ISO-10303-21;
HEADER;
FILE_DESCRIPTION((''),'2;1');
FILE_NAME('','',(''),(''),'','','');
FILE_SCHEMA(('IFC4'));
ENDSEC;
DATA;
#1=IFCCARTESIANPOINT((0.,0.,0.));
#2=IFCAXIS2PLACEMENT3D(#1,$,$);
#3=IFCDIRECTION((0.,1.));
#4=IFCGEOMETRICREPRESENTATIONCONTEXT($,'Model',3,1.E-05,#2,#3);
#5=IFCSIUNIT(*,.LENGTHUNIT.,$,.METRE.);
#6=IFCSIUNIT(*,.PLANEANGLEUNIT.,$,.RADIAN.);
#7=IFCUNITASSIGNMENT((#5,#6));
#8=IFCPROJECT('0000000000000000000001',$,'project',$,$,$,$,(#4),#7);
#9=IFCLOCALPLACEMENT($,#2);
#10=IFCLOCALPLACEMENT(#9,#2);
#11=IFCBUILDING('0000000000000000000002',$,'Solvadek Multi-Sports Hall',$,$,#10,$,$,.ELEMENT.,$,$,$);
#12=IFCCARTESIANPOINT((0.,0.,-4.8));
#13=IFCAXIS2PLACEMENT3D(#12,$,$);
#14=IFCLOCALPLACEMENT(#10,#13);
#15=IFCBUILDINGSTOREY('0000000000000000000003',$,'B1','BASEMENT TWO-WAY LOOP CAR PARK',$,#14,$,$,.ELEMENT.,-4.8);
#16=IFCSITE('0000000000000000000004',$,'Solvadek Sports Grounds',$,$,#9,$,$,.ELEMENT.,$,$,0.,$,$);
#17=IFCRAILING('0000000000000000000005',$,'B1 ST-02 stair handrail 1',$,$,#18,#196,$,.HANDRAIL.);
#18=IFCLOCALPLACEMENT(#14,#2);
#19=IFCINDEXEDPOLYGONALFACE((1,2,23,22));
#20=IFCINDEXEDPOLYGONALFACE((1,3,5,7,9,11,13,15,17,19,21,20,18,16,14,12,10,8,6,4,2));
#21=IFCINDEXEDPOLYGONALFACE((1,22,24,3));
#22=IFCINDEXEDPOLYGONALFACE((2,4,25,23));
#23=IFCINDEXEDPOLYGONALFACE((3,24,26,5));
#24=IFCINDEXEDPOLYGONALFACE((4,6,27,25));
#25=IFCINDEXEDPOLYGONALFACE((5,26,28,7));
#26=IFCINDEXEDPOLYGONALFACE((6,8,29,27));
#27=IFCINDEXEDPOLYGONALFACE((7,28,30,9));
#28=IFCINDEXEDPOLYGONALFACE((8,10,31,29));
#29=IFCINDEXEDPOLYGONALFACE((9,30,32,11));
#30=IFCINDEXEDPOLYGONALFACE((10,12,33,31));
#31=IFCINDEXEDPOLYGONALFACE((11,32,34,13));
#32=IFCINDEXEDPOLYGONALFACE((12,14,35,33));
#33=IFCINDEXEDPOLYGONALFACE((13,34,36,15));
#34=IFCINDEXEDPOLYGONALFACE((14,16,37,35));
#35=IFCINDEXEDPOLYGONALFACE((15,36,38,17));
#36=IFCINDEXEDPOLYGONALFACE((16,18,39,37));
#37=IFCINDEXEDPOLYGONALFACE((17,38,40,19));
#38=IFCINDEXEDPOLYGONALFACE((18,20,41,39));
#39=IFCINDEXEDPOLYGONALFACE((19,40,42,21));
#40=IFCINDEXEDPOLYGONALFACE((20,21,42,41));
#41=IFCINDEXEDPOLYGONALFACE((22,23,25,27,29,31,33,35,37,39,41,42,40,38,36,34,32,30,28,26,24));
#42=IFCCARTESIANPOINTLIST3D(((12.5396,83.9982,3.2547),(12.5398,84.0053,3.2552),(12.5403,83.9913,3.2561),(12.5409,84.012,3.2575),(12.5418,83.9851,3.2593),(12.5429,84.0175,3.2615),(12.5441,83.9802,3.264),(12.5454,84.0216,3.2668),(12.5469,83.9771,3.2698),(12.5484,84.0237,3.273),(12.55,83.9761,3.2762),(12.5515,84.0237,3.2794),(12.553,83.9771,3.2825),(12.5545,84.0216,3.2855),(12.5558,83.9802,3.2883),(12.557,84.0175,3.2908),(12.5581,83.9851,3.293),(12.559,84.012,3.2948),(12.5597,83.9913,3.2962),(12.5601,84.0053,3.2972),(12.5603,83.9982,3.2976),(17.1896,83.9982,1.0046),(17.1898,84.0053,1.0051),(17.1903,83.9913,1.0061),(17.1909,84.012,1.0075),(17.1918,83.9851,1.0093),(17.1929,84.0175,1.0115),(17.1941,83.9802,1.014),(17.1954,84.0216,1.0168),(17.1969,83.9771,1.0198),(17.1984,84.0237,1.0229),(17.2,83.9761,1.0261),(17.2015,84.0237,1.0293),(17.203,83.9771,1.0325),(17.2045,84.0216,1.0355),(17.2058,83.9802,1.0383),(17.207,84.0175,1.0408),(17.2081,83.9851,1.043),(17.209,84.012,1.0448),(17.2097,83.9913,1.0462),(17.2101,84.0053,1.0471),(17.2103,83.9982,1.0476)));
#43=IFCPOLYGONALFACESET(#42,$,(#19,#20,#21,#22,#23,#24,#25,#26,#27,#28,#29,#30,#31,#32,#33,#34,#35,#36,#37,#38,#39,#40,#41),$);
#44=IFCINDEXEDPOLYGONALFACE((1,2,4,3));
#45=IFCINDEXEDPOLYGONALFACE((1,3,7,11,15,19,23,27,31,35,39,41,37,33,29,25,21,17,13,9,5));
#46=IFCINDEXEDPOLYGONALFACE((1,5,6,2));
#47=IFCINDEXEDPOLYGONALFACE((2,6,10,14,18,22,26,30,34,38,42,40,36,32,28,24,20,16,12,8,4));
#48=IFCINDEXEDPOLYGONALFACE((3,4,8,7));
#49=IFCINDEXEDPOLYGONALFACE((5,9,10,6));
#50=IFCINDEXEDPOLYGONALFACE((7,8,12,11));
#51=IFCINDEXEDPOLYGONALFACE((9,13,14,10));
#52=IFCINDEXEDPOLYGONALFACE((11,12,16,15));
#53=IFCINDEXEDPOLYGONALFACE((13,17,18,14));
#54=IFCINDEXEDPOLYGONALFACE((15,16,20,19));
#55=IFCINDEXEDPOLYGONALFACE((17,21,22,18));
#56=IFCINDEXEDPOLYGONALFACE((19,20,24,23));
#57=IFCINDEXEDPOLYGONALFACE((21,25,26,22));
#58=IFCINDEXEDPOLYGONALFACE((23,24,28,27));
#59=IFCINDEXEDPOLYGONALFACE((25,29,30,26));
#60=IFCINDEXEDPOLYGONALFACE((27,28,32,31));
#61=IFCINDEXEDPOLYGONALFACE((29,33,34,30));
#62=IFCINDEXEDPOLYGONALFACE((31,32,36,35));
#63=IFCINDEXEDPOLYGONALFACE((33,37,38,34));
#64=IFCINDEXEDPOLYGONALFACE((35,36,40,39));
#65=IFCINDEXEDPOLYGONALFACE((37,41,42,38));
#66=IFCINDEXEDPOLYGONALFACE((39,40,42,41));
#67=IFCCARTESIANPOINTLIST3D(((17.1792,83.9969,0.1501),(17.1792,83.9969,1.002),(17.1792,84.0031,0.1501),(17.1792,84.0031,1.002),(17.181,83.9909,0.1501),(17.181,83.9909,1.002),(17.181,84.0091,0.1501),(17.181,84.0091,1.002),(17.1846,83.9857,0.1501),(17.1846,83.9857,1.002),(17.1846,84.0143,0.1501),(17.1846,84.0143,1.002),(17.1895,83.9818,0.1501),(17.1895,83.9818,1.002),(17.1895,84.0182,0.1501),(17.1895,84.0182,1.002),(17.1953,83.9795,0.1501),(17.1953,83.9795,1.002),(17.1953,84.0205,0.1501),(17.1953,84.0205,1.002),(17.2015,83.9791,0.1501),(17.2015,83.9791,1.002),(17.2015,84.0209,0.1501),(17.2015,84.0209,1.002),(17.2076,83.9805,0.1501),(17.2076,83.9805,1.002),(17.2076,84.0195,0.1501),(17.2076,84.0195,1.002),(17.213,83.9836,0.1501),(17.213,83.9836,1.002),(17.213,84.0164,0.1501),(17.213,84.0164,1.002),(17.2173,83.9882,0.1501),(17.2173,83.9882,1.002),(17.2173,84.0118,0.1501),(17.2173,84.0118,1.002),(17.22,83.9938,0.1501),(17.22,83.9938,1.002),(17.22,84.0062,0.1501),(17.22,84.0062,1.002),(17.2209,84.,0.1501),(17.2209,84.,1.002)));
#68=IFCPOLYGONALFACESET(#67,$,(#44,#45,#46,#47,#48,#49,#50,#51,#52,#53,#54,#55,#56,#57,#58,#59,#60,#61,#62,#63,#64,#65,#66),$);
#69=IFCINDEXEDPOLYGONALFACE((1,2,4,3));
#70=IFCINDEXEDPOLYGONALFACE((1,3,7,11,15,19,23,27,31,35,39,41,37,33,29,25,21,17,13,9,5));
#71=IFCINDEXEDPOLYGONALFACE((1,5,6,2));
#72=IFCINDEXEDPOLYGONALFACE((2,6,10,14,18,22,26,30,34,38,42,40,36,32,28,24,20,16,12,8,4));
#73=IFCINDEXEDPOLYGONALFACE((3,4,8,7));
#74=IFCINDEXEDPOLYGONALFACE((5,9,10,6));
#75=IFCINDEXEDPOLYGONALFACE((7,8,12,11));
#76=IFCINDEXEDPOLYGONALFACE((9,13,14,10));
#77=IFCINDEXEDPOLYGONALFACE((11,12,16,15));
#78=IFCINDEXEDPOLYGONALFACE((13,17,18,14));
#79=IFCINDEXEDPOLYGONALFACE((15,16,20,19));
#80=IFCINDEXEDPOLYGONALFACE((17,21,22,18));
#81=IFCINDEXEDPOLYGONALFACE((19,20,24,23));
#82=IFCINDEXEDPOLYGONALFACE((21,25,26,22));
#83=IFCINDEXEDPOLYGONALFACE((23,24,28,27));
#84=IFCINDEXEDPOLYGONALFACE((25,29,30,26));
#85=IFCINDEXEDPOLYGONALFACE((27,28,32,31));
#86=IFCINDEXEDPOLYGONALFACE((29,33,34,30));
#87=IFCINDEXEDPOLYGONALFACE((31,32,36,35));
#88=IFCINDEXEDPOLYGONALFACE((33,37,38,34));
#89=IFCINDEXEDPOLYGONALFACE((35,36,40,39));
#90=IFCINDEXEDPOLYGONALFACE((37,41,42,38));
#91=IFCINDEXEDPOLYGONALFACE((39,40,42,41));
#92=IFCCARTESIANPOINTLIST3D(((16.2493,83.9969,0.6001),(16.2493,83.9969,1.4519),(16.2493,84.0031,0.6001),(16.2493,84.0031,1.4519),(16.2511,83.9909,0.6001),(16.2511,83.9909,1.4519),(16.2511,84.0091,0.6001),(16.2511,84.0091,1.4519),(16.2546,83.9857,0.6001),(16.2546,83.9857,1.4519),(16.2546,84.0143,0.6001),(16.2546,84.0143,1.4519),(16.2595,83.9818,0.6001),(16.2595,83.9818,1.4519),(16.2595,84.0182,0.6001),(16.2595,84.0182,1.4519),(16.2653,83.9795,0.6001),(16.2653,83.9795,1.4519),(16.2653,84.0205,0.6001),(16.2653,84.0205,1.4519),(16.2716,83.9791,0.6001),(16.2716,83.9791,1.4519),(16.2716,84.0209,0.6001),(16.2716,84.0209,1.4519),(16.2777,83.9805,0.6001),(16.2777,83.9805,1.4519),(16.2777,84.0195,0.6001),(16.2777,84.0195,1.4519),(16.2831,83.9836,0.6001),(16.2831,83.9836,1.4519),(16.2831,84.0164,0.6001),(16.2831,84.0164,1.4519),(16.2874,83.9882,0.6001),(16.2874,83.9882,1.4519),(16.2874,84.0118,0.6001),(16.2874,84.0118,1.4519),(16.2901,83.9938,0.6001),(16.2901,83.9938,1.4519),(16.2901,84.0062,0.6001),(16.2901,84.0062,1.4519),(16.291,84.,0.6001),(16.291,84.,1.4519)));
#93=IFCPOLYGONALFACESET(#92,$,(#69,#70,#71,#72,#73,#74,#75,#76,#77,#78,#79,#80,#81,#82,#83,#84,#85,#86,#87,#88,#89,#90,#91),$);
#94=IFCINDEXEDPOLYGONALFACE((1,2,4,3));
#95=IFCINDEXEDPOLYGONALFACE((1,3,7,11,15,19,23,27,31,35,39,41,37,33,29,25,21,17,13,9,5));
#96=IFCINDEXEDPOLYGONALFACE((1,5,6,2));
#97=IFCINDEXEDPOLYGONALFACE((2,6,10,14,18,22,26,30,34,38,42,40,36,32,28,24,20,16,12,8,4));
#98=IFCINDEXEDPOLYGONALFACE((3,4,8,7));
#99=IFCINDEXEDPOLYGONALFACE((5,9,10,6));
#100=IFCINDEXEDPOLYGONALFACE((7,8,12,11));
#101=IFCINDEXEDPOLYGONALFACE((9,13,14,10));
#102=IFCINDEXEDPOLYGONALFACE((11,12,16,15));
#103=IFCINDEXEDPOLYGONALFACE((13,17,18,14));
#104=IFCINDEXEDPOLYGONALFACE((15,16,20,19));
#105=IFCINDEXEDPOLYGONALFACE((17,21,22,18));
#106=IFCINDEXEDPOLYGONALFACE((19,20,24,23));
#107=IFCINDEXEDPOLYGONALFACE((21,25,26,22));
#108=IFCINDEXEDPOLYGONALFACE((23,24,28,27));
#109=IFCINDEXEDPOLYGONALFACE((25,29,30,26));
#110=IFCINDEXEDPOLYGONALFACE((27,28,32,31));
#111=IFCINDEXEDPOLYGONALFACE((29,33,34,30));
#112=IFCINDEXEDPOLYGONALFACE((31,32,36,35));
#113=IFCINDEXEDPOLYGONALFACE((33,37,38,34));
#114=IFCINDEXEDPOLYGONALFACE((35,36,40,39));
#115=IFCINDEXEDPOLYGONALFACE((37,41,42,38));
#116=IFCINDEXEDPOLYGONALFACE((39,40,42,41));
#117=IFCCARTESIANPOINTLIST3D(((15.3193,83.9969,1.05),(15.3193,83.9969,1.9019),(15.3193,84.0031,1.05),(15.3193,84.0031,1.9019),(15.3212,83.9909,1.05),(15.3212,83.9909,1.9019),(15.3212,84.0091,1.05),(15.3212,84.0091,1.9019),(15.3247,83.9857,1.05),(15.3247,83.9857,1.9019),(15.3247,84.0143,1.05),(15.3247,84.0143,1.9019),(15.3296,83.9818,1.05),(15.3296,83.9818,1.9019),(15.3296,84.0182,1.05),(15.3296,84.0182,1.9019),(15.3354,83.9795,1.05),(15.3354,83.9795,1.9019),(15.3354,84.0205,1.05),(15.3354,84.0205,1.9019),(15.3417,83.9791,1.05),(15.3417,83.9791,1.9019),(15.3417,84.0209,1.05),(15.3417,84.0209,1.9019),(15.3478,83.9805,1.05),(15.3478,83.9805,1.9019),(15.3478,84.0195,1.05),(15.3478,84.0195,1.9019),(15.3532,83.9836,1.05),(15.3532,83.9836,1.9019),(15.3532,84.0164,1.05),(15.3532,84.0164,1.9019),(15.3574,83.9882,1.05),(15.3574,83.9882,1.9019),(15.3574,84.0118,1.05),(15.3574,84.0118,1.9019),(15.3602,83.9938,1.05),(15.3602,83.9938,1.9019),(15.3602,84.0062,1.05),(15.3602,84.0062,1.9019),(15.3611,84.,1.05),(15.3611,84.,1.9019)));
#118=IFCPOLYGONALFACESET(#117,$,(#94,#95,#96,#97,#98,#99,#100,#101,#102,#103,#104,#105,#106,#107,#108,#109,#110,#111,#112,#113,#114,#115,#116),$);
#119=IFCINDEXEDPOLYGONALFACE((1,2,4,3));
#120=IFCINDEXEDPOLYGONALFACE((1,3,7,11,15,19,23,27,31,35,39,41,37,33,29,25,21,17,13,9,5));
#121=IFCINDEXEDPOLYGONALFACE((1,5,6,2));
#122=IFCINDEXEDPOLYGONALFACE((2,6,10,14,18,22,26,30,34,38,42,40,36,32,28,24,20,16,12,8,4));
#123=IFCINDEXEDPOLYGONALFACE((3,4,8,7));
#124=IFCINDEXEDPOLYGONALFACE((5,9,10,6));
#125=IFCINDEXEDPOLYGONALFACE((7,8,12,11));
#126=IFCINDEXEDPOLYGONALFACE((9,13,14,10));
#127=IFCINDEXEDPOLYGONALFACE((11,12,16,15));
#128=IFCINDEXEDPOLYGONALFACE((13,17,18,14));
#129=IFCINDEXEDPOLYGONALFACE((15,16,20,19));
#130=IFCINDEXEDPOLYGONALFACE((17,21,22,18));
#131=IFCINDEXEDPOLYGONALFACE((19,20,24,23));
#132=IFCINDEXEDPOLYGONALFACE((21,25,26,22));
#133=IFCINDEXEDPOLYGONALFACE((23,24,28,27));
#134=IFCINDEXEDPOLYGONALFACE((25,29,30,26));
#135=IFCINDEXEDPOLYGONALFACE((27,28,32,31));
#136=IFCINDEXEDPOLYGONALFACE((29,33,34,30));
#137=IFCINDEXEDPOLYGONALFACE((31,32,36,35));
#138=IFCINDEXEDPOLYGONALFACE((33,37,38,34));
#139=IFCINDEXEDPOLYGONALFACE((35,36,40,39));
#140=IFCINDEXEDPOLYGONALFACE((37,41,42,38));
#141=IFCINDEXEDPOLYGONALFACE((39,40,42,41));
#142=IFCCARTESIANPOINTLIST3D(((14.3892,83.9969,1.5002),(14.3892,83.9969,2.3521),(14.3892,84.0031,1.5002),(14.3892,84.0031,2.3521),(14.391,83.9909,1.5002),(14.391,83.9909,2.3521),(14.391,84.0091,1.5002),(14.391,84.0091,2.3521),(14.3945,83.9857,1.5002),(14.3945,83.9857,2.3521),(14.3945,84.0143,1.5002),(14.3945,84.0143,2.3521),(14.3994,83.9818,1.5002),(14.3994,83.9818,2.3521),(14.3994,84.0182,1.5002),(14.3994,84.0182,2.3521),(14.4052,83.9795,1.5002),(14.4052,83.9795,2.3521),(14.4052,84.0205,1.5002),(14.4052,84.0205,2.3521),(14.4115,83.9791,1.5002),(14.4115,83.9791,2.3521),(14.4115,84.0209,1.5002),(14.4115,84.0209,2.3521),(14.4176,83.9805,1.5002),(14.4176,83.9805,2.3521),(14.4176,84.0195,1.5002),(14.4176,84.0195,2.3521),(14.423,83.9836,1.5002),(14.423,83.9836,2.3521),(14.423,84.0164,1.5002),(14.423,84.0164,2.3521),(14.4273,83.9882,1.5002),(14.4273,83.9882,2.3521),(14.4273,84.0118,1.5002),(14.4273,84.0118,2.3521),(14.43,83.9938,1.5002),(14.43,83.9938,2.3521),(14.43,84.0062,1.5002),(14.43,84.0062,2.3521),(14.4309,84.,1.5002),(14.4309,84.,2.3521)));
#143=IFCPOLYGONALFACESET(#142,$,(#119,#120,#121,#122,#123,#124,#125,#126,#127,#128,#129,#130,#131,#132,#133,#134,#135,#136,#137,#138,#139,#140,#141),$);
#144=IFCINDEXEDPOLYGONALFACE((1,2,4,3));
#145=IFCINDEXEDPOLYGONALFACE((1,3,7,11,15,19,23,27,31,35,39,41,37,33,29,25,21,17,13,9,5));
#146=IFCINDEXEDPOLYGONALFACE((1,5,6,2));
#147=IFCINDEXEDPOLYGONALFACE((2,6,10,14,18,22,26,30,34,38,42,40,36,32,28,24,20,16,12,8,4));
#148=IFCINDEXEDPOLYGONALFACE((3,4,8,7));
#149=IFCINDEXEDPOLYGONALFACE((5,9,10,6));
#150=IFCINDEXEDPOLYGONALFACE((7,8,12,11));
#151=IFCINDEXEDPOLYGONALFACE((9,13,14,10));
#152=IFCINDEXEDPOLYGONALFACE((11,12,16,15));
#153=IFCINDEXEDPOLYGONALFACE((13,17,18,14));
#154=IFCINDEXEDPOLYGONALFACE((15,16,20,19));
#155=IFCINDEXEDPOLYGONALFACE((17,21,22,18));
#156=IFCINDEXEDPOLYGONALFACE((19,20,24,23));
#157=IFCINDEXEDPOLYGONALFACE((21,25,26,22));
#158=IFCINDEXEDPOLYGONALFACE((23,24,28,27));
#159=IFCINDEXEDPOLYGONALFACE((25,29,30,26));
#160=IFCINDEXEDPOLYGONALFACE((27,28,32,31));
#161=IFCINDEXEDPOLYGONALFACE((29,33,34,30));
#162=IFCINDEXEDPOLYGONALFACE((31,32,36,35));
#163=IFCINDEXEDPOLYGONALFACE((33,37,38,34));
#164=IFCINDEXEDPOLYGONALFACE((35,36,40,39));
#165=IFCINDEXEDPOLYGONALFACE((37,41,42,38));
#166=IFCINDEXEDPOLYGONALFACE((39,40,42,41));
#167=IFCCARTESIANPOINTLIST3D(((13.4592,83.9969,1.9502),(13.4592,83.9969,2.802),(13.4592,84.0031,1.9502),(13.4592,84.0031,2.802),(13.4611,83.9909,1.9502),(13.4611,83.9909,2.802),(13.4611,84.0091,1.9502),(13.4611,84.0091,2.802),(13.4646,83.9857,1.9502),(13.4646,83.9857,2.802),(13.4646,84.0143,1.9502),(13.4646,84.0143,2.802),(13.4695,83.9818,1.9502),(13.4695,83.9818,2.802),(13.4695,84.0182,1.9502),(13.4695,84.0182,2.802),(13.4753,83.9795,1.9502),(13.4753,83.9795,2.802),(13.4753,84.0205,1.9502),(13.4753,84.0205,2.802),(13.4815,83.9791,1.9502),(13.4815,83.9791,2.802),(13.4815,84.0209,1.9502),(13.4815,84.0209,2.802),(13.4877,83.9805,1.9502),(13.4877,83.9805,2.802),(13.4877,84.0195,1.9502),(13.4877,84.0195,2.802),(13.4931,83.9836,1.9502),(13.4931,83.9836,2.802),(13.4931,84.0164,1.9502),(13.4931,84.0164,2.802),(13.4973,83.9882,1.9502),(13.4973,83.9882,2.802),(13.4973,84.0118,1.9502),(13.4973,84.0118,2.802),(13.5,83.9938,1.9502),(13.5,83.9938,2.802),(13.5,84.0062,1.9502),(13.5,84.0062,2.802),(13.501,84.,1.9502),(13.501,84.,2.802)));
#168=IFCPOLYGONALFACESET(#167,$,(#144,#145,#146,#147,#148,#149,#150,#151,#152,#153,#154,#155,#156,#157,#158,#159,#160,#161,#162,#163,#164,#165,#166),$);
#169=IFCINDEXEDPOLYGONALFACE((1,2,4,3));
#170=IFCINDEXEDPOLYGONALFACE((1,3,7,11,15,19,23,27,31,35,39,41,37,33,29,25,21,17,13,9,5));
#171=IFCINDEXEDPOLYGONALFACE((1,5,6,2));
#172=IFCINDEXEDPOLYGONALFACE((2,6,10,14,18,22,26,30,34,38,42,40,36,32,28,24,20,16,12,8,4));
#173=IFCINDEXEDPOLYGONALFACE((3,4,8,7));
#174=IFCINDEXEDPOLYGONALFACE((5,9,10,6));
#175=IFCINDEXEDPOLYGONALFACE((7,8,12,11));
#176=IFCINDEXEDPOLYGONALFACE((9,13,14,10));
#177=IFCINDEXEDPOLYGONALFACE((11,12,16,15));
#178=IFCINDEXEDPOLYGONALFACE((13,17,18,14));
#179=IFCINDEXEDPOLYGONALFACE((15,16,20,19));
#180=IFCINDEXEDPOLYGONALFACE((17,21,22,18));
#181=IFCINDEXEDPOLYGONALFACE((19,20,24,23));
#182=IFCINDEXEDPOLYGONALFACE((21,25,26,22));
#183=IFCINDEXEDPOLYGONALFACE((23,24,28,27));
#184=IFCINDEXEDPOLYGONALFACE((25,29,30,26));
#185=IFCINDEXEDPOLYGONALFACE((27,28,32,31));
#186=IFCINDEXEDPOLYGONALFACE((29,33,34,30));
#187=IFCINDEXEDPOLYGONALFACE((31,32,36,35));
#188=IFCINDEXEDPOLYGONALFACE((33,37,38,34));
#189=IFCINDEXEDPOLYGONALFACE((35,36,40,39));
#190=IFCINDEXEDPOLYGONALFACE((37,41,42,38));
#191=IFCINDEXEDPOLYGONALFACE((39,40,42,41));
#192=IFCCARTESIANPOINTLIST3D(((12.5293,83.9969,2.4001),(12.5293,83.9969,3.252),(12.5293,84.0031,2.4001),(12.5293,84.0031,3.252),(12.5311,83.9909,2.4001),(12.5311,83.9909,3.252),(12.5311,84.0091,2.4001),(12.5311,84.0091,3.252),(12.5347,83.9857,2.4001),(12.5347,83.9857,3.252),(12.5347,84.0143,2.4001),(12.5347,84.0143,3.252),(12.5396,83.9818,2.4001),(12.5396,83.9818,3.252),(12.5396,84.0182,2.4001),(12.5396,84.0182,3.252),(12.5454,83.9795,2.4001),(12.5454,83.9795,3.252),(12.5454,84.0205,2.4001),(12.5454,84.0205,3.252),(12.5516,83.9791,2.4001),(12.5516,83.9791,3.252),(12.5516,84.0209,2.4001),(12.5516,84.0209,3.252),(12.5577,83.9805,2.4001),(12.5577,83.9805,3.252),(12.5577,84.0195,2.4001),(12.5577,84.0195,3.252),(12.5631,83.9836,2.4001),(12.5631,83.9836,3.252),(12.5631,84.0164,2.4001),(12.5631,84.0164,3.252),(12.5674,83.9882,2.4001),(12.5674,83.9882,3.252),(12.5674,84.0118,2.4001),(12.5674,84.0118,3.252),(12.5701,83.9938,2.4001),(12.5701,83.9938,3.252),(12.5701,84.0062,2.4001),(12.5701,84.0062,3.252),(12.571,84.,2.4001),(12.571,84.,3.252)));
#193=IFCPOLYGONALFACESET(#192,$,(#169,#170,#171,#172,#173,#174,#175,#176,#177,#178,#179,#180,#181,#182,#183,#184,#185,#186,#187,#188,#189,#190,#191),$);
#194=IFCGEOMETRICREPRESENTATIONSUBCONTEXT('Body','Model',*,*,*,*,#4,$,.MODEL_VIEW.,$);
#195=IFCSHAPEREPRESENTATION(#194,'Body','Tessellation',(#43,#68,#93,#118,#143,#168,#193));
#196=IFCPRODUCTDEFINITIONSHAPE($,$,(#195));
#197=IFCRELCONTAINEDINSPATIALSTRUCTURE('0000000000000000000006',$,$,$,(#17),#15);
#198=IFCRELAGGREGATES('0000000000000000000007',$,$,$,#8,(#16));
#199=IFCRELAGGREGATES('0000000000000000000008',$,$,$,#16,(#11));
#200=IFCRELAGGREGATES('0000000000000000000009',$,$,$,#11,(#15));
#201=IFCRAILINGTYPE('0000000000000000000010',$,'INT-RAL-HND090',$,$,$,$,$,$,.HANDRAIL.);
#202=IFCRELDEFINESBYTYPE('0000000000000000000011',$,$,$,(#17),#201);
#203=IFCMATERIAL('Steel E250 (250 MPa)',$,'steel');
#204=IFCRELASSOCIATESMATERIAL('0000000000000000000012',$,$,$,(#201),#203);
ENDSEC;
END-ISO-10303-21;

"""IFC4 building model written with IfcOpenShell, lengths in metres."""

from ifc_helpers import new_model, si_unit, direction, frame, origin, origin_2d, place, context, subcontext, project, spatial, circle, extrude, material, type_object, element, save


model = new_model("IFC4")

# Units and contexts
model_context = context("Model", 3, precision=1e-05, world=origin(), true_north=direction((0.0, 1.0)))
body_context = subcontext(model_context, "Body", "Model", "MODEL_VIEW")
ifc_project = project(units=[si_unit("LENGTHUNIT", "METRE"), si_unit("PLANEANGLEUNIT", "RADIAN")], contexts=[model_context])

# Site, building, storey
site_placement = place(None, origin())
site = spatial("IfcSite", under=ifc_project, at=site_placement, Name="Solvadek Sports Grounds", CompositionType="ELEMENT", RefElevation=0.0)
building_placement = place(site_placement, origin())
building = spatial("IfcBuilding", under=site, at=building_placement, Name="Solvadek Multi-Sports Hall", CompositionType="ELEMENT")
storey_placement = place(building_placement, frame((0.0, 0.0, -4.8)))
storey = spatial("IfcBuildingStorey", under=building, at=storey_placement, Name="B1", Description="BASEMENT TWO-WAY LOOP CAR PARK", CompositionType="ELEMENT", Elevation=-4.8)

# Railing
ifc_material_1 = material(Name="Steel E250 (250 MPa)", Category="steel")
railing_type = type_object("IfcRailingType", Name="INT-RAL-HND090", PredefinedType="HANDRAIL", material=ifc_material_1)
railing_placement = place(storey_placement, frame((17.2, 84.0, 0.1501)))
element("IfcRailing", 1, at=railing_placement, inside=storey, type_object=railing_type, Name="B1 ST-02 stair handrail 1", PredefinedType="HANDRAIL", context=body_context, shape_type="SweptSolid", body=[
    extrude(circle(Radius=0.0239, at=origin_2d()), frame((0.0, 0.0, 0.876), z_axis=(-0.900156, 0.0, 0.435568), x_axis=(0.0, -1.0, 0.0)), (0.0, 0.0, 1.0), 5.1658),
    extrude(circle(Radius=0.021, at=origin_2d()), origin(), (0.0, 0.0, 1.0), 0.8518),
    extrude(circle(Radius=0.021, at=origin_2d()), frame((-0.9299, 0.0, 0.45)), (0.0, 0.0, 1.0), 0.8518),
    extrude(circle(Radius=0.021, at=origin_2d()), frame((-1.8599, 0.0, 0.8999)), (0.0, 0.0, 1.0), 0.8518),
    extrude(circle(Radius=0.021, at=origin_2d()), frame((-2.79, 0.0, 1.3501)), (0.0, 0.0, 1.0), 0.8518),
    extrude(circle(Radius=0.021, at=origin_2d()), frame((-3.72, 0.0, 1.8)), (0.0, 0.0, 1.0), 0.8518),
    extrude(circle(Radius=0.021, at=origin_2d()), frame((-4.6499, 0.0, 2.25)), (0.0, 0.0, 1.0), 0.8518),
])

save(model, "model.ifc")
